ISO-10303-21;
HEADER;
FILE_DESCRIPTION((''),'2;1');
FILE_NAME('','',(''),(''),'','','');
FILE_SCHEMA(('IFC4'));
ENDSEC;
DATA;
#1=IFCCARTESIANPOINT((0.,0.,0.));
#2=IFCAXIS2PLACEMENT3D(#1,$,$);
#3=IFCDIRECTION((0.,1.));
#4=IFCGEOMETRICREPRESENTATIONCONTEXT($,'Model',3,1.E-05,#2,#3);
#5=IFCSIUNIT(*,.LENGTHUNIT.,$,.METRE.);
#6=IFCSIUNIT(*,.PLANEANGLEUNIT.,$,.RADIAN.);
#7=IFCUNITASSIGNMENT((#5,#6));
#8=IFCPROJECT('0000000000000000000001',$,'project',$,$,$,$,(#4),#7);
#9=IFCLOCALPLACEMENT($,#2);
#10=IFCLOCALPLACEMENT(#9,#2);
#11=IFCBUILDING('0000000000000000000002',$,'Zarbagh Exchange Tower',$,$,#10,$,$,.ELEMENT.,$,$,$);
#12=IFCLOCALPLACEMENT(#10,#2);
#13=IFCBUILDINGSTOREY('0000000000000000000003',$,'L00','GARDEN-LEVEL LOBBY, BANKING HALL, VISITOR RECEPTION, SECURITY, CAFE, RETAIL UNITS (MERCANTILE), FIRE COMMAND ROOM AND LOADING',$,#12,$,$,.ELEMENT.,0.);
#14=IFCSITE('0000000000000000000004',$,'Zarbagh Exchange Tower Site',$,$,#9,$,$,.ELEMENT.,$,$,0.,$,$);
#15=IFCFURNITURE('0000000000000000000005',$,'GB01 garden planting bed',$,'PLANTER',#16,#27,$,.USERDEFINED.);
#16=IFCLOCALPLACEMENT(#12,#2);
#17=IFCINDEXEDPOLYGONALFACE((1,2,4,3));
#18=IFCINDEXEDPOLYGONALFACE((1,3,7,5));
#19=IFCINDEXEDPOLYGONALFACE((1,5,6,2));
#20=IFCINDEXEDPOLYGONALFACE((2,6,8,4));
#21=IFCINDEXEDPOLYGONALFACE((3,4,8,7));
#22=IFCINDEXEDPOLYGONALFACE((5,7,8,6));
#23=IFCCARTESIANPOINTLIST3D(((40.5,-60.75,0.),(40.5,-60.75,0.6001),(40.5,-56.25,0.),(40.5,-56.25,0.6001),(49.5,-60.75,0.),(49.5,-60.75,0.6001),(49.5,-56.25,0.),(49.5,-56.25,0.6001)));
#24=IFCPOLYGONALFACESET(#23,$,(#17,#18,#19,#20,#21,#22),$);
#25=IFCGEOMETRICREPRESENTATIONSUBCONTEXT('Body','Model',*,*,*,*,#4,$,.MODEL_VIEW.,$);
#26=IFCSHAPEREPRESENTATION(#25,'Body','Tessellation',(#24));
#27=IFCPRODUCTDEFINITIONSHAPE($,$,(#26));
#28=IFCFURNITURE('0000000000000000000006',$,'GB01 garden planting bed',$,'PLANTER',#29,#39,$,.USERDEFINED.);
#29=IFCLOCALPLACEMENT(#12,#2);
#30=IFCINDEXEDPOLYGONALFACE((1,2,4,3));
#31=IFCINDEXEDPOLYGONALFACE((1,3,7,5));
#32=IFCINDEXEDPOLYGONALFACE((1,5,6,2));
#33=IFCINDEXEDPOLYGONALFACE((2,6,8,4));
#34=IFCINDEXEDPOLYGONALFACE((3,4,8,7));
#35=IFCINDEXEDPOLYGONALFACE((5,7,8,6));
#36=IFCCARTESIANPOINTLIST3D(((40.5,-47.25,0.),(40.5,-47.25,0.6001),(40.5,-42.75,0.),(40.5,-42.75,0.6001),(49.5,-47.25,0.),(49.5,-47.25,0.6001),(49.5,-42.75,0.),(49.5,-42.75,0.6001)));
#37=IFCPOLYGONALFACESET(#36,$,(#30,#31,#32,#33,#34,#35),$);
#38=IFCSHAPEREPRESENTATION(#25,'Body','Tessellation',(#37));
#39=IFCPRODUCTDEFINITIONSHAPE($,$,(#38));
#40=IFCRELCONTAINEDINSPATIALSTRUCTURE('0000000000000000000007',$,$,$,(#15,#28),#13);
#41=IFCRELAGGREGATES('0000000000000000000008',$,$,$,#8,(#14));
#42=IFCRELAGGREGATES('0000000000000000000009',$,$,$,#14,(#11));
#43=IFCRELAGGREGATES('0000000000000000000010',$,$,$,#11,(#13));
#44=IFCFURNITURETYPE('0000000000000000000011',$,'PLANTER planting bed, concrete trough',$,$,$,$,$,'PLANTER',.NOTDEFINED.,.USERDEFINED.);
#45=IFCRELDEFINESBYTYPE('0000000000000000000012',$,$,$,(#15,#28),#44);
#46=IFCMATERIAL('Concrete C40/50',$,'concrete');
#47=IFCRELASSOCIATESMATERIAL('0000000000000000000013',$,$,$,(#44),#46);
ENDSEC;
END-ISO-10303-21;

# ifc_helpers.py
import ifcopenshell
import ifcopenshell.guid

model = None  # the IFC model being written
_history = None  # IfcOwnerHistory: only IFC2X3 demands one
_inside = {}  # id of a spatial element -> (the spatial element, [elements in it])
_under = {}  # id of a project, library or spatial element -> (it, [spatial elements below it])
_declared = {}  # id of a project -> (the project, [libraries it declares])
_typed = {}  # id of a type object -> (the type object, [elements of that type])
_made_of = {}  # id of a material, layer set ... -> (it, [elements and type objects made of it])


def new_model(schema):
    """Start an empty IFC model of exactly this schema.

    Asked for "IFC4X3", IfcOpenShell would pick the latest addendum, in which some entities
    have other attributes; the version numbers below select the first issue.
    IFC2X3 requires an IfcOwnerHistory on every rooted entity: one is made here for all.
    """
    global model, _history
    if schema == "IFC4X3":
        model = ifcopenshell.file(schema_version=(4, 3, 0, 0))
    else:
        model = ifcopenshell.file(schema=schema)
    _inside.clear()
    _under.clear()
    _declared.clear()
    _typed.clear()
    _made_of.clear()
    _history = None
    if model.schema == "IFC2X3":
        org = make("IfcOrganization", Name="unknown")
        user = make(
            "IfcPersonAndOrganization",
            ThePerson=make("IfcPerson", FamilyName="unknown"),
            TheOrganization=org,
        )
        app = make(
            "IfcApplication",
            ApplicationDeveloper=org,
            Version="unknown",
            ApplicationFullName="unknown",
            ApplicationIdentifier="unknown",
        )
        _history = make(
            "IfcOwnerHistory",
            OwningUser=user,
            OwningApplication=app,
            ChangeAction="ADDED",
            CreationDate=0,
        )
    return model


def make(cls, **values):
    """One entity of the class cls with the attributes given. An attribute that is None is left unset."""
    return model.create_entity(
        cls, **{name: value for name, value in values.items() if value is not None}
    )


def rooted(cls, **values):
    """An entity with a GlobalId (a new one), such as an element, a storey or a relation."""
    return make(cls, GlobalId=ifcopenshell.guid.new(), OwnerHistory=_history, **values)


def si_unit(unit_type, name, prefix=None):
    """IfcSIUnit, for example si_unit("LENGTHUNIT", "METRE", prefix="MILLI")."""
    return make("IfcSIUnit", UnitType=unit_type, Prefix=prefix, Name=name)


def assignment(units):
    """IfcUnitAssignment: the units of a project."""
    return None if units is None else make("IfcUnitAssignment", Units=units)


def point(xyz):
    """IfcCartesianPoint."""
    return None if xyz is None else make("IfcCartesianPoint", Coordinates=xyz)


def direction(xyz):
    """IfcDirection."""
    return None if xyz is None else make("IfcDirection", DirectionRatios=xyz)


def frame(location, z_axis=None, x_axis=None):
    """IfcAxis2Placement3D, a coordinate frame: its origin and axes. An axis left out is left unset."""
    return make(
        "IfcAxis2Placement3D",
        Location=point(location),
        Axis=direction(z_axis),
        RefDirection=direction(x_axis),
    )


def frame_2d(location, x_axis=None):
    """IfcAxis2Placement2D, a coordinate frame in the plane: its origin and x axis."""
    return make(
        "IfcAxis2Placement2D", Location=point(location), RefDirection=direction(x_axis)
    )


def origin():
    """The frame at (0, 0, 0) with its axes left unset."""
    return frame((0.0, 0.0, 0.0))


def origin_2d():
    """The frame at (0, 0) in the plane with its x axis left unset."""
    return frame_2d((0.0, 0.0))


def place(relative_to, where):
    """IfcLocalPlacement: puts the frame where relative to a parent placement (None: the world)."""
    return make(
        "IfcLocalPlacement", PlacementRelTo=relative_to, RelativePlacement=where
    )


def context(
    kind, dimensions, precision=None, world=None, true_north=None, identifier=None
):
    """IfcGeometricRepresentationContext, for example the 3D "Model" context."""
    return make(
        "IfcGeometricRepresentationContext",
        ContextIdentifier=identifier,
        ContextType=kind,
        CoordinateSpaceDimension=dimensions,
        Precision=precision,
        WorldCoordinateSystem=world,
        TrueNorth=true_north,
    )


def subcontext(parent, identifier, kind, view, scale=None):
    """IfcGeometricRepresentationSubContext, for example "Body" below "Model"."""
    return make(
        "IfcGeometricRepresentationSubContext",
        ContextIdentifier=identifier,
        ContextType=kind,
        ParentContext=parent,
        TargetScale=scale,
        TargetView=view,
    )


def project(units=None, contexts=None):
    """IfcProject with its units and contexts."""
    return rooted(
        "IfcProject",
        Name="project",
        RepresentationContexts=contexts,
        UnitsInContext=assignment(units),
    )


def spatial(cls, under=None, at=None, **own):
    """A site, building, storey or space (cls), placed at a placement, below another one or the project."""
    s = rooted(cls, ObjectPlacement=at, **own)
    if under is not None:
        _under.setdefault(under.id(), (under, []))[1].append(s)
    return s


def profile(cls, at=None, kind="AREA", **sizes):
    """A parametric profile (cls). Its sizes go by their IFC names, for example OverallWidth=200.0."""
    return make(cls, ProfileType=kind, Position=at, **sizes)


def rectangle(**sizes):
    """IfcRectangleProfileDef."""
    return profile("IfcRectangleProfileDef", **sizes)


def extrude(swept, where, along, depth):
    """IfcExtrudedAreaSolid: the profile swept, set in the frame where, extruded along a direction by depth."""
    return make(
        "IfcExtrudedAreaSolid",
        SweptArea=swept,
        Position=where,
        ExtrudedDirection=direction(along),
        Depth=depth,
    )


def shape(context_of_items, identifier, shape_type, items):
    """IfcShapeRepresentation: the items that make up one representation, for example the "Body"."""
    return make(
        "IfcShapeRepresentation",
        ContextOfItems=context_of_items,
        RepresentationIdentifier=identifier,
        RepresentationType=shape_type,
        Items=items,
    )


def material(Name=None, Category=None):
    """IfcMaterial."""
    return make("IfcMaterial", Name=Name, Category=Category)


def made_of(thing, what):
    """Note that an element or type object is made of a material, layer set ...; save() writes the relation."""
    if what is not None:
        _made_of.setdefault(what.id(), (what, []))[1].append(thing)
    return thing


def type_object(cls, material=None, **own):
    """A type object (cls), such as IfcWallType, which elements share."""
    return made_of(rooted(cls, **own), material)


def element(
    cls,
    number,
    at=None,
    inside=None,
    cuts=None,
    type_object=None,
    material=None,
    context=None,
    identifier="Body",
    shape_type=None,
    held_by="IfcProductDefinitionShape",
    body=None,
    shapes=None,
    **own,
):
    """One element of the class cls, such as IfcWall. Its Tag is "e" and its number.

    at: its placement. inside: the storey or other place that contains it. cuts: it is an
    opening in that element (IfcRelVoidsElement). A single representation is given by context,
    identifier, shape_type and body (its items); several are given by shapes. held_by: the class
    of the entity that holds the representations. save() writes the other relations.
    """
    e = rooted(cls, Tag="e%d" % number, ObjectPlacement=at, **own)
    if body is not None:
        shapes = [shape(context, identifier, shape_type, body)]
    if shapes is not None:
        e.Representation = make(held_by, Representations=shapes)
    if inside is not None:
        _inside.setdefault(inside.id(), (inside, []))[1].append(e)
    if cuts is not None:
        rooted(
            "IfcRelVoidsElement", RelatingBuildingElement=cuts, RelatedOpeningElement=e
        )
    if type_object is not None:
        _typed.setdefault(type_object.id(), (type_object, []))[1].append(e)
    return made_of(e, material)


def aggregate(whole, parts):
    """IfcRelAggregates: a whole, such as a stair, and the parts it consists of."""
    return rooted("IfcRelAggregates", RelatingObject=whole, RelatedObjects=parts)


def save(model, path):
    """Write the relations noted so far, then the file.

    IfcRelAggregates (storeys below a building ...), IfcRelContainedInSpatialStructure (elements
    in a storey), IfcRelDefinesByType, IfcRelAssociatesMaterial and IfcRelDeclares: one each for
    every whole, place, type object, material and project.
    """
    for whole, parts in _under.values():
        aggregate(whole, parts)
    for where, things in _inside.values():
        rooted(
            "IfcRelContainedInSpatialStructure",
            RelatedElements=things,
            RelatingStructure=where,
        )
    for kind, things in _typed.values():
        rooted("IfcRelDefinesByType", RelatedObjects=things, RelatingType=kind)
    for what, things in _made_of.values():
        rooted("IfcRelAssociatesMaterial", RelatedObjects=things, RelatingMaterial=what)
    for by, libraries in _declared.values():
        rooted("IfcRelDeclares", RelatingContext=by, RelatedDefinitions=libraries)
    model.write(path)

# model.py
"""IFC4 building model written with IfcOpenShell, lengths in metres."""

from ifc_helpers import new_model, si_unit, direction, frame, origin, origin_2d, place, context, subcontext, project, spatial, rectangle, extrude, material, type_object, element, save


model = new_model("IFC4")

# Units and contexts
model_context = context("Model", 3, precision=1e-05, world=origin(), true_north=direction((0.0, 1.0)))
body_context = subcontext(model_context, "Body", "Model", "MODEL_VIEW")
ifc_project = project(units=[si_unit("LENGTHUNIT", "METRE"), si_unit("PLANEANGLEUNIT", "RADIAN")], contexts=[model_context])

# Site, building, storey
site_placement = place(None, origin())
site = spatial("IfcSite", under=ifc_project, at=site_placement, Name="Zarbagh Exchange Tower Site", CompositionType="ELEMENT", RefElevation=0.0)
building_placement = place(site_placement, origin())
building = spatial("IfcBuilding", under=site, at=building_placement, Name="Zarbagh Exchange Tower", CompositionType="ELEMENT")
storey_placement = place(building_placement, origin())
storey = spatial("IfcBuildingStorey", under=building, at=storey_placement, Name="L00", Description="GARDEN-LEVEL LOBBY, BANKING HALL, VISITOR RECEPTION, SECURITY, CAFE, RETAIL UNITS (MERCANTILE), FIRE COMMAND ROOM AND LOADING", CompositionType="ELEMENT", Elevation=0.0)

# Furniture
ifc_material_1 = material(Name="Concrete C40/50", Category="concrete")
furniture_type = type_object("IfcFurnitureType", Name="PLANTER planting bed, concrete trough", ElementType="PLANTER", AssemblyPlace="NOTDEFINED", PredefinedType="USERDEFINED", material=ifc_material_1)
for number, where, z_axis, x_axis, name in (
    (1, (45.0, -58.5, 0.0), (0.0, 0.0, 1.0), (1.0, 0.0, 0.0), "GB01 garden planting bed"),
    (2, (45.0, -45.0, 0.0), (0.0, 0.0, 1.0), (1.0, 0.0, 0.0), "GB01 garden planting bed"),
):
    element("IfcFurniture", number, at=place(storey_placement, frame(where, z_axis=z_axis, x_axis=x_axis)), inside=storey, type_object=furniture_type, Name=name, ObjectType="PLANTER", PredefinedType="USERDEFINED", context=body_context, shape_type="SweptSolid", body=[
        extrude(rectangle(XDim=9.0, YDim=4.5, at=origin_2d()), origin(), (0.0, 0.0, 1.0), 0.6001),
    ])

save(model, "model.ifc")
